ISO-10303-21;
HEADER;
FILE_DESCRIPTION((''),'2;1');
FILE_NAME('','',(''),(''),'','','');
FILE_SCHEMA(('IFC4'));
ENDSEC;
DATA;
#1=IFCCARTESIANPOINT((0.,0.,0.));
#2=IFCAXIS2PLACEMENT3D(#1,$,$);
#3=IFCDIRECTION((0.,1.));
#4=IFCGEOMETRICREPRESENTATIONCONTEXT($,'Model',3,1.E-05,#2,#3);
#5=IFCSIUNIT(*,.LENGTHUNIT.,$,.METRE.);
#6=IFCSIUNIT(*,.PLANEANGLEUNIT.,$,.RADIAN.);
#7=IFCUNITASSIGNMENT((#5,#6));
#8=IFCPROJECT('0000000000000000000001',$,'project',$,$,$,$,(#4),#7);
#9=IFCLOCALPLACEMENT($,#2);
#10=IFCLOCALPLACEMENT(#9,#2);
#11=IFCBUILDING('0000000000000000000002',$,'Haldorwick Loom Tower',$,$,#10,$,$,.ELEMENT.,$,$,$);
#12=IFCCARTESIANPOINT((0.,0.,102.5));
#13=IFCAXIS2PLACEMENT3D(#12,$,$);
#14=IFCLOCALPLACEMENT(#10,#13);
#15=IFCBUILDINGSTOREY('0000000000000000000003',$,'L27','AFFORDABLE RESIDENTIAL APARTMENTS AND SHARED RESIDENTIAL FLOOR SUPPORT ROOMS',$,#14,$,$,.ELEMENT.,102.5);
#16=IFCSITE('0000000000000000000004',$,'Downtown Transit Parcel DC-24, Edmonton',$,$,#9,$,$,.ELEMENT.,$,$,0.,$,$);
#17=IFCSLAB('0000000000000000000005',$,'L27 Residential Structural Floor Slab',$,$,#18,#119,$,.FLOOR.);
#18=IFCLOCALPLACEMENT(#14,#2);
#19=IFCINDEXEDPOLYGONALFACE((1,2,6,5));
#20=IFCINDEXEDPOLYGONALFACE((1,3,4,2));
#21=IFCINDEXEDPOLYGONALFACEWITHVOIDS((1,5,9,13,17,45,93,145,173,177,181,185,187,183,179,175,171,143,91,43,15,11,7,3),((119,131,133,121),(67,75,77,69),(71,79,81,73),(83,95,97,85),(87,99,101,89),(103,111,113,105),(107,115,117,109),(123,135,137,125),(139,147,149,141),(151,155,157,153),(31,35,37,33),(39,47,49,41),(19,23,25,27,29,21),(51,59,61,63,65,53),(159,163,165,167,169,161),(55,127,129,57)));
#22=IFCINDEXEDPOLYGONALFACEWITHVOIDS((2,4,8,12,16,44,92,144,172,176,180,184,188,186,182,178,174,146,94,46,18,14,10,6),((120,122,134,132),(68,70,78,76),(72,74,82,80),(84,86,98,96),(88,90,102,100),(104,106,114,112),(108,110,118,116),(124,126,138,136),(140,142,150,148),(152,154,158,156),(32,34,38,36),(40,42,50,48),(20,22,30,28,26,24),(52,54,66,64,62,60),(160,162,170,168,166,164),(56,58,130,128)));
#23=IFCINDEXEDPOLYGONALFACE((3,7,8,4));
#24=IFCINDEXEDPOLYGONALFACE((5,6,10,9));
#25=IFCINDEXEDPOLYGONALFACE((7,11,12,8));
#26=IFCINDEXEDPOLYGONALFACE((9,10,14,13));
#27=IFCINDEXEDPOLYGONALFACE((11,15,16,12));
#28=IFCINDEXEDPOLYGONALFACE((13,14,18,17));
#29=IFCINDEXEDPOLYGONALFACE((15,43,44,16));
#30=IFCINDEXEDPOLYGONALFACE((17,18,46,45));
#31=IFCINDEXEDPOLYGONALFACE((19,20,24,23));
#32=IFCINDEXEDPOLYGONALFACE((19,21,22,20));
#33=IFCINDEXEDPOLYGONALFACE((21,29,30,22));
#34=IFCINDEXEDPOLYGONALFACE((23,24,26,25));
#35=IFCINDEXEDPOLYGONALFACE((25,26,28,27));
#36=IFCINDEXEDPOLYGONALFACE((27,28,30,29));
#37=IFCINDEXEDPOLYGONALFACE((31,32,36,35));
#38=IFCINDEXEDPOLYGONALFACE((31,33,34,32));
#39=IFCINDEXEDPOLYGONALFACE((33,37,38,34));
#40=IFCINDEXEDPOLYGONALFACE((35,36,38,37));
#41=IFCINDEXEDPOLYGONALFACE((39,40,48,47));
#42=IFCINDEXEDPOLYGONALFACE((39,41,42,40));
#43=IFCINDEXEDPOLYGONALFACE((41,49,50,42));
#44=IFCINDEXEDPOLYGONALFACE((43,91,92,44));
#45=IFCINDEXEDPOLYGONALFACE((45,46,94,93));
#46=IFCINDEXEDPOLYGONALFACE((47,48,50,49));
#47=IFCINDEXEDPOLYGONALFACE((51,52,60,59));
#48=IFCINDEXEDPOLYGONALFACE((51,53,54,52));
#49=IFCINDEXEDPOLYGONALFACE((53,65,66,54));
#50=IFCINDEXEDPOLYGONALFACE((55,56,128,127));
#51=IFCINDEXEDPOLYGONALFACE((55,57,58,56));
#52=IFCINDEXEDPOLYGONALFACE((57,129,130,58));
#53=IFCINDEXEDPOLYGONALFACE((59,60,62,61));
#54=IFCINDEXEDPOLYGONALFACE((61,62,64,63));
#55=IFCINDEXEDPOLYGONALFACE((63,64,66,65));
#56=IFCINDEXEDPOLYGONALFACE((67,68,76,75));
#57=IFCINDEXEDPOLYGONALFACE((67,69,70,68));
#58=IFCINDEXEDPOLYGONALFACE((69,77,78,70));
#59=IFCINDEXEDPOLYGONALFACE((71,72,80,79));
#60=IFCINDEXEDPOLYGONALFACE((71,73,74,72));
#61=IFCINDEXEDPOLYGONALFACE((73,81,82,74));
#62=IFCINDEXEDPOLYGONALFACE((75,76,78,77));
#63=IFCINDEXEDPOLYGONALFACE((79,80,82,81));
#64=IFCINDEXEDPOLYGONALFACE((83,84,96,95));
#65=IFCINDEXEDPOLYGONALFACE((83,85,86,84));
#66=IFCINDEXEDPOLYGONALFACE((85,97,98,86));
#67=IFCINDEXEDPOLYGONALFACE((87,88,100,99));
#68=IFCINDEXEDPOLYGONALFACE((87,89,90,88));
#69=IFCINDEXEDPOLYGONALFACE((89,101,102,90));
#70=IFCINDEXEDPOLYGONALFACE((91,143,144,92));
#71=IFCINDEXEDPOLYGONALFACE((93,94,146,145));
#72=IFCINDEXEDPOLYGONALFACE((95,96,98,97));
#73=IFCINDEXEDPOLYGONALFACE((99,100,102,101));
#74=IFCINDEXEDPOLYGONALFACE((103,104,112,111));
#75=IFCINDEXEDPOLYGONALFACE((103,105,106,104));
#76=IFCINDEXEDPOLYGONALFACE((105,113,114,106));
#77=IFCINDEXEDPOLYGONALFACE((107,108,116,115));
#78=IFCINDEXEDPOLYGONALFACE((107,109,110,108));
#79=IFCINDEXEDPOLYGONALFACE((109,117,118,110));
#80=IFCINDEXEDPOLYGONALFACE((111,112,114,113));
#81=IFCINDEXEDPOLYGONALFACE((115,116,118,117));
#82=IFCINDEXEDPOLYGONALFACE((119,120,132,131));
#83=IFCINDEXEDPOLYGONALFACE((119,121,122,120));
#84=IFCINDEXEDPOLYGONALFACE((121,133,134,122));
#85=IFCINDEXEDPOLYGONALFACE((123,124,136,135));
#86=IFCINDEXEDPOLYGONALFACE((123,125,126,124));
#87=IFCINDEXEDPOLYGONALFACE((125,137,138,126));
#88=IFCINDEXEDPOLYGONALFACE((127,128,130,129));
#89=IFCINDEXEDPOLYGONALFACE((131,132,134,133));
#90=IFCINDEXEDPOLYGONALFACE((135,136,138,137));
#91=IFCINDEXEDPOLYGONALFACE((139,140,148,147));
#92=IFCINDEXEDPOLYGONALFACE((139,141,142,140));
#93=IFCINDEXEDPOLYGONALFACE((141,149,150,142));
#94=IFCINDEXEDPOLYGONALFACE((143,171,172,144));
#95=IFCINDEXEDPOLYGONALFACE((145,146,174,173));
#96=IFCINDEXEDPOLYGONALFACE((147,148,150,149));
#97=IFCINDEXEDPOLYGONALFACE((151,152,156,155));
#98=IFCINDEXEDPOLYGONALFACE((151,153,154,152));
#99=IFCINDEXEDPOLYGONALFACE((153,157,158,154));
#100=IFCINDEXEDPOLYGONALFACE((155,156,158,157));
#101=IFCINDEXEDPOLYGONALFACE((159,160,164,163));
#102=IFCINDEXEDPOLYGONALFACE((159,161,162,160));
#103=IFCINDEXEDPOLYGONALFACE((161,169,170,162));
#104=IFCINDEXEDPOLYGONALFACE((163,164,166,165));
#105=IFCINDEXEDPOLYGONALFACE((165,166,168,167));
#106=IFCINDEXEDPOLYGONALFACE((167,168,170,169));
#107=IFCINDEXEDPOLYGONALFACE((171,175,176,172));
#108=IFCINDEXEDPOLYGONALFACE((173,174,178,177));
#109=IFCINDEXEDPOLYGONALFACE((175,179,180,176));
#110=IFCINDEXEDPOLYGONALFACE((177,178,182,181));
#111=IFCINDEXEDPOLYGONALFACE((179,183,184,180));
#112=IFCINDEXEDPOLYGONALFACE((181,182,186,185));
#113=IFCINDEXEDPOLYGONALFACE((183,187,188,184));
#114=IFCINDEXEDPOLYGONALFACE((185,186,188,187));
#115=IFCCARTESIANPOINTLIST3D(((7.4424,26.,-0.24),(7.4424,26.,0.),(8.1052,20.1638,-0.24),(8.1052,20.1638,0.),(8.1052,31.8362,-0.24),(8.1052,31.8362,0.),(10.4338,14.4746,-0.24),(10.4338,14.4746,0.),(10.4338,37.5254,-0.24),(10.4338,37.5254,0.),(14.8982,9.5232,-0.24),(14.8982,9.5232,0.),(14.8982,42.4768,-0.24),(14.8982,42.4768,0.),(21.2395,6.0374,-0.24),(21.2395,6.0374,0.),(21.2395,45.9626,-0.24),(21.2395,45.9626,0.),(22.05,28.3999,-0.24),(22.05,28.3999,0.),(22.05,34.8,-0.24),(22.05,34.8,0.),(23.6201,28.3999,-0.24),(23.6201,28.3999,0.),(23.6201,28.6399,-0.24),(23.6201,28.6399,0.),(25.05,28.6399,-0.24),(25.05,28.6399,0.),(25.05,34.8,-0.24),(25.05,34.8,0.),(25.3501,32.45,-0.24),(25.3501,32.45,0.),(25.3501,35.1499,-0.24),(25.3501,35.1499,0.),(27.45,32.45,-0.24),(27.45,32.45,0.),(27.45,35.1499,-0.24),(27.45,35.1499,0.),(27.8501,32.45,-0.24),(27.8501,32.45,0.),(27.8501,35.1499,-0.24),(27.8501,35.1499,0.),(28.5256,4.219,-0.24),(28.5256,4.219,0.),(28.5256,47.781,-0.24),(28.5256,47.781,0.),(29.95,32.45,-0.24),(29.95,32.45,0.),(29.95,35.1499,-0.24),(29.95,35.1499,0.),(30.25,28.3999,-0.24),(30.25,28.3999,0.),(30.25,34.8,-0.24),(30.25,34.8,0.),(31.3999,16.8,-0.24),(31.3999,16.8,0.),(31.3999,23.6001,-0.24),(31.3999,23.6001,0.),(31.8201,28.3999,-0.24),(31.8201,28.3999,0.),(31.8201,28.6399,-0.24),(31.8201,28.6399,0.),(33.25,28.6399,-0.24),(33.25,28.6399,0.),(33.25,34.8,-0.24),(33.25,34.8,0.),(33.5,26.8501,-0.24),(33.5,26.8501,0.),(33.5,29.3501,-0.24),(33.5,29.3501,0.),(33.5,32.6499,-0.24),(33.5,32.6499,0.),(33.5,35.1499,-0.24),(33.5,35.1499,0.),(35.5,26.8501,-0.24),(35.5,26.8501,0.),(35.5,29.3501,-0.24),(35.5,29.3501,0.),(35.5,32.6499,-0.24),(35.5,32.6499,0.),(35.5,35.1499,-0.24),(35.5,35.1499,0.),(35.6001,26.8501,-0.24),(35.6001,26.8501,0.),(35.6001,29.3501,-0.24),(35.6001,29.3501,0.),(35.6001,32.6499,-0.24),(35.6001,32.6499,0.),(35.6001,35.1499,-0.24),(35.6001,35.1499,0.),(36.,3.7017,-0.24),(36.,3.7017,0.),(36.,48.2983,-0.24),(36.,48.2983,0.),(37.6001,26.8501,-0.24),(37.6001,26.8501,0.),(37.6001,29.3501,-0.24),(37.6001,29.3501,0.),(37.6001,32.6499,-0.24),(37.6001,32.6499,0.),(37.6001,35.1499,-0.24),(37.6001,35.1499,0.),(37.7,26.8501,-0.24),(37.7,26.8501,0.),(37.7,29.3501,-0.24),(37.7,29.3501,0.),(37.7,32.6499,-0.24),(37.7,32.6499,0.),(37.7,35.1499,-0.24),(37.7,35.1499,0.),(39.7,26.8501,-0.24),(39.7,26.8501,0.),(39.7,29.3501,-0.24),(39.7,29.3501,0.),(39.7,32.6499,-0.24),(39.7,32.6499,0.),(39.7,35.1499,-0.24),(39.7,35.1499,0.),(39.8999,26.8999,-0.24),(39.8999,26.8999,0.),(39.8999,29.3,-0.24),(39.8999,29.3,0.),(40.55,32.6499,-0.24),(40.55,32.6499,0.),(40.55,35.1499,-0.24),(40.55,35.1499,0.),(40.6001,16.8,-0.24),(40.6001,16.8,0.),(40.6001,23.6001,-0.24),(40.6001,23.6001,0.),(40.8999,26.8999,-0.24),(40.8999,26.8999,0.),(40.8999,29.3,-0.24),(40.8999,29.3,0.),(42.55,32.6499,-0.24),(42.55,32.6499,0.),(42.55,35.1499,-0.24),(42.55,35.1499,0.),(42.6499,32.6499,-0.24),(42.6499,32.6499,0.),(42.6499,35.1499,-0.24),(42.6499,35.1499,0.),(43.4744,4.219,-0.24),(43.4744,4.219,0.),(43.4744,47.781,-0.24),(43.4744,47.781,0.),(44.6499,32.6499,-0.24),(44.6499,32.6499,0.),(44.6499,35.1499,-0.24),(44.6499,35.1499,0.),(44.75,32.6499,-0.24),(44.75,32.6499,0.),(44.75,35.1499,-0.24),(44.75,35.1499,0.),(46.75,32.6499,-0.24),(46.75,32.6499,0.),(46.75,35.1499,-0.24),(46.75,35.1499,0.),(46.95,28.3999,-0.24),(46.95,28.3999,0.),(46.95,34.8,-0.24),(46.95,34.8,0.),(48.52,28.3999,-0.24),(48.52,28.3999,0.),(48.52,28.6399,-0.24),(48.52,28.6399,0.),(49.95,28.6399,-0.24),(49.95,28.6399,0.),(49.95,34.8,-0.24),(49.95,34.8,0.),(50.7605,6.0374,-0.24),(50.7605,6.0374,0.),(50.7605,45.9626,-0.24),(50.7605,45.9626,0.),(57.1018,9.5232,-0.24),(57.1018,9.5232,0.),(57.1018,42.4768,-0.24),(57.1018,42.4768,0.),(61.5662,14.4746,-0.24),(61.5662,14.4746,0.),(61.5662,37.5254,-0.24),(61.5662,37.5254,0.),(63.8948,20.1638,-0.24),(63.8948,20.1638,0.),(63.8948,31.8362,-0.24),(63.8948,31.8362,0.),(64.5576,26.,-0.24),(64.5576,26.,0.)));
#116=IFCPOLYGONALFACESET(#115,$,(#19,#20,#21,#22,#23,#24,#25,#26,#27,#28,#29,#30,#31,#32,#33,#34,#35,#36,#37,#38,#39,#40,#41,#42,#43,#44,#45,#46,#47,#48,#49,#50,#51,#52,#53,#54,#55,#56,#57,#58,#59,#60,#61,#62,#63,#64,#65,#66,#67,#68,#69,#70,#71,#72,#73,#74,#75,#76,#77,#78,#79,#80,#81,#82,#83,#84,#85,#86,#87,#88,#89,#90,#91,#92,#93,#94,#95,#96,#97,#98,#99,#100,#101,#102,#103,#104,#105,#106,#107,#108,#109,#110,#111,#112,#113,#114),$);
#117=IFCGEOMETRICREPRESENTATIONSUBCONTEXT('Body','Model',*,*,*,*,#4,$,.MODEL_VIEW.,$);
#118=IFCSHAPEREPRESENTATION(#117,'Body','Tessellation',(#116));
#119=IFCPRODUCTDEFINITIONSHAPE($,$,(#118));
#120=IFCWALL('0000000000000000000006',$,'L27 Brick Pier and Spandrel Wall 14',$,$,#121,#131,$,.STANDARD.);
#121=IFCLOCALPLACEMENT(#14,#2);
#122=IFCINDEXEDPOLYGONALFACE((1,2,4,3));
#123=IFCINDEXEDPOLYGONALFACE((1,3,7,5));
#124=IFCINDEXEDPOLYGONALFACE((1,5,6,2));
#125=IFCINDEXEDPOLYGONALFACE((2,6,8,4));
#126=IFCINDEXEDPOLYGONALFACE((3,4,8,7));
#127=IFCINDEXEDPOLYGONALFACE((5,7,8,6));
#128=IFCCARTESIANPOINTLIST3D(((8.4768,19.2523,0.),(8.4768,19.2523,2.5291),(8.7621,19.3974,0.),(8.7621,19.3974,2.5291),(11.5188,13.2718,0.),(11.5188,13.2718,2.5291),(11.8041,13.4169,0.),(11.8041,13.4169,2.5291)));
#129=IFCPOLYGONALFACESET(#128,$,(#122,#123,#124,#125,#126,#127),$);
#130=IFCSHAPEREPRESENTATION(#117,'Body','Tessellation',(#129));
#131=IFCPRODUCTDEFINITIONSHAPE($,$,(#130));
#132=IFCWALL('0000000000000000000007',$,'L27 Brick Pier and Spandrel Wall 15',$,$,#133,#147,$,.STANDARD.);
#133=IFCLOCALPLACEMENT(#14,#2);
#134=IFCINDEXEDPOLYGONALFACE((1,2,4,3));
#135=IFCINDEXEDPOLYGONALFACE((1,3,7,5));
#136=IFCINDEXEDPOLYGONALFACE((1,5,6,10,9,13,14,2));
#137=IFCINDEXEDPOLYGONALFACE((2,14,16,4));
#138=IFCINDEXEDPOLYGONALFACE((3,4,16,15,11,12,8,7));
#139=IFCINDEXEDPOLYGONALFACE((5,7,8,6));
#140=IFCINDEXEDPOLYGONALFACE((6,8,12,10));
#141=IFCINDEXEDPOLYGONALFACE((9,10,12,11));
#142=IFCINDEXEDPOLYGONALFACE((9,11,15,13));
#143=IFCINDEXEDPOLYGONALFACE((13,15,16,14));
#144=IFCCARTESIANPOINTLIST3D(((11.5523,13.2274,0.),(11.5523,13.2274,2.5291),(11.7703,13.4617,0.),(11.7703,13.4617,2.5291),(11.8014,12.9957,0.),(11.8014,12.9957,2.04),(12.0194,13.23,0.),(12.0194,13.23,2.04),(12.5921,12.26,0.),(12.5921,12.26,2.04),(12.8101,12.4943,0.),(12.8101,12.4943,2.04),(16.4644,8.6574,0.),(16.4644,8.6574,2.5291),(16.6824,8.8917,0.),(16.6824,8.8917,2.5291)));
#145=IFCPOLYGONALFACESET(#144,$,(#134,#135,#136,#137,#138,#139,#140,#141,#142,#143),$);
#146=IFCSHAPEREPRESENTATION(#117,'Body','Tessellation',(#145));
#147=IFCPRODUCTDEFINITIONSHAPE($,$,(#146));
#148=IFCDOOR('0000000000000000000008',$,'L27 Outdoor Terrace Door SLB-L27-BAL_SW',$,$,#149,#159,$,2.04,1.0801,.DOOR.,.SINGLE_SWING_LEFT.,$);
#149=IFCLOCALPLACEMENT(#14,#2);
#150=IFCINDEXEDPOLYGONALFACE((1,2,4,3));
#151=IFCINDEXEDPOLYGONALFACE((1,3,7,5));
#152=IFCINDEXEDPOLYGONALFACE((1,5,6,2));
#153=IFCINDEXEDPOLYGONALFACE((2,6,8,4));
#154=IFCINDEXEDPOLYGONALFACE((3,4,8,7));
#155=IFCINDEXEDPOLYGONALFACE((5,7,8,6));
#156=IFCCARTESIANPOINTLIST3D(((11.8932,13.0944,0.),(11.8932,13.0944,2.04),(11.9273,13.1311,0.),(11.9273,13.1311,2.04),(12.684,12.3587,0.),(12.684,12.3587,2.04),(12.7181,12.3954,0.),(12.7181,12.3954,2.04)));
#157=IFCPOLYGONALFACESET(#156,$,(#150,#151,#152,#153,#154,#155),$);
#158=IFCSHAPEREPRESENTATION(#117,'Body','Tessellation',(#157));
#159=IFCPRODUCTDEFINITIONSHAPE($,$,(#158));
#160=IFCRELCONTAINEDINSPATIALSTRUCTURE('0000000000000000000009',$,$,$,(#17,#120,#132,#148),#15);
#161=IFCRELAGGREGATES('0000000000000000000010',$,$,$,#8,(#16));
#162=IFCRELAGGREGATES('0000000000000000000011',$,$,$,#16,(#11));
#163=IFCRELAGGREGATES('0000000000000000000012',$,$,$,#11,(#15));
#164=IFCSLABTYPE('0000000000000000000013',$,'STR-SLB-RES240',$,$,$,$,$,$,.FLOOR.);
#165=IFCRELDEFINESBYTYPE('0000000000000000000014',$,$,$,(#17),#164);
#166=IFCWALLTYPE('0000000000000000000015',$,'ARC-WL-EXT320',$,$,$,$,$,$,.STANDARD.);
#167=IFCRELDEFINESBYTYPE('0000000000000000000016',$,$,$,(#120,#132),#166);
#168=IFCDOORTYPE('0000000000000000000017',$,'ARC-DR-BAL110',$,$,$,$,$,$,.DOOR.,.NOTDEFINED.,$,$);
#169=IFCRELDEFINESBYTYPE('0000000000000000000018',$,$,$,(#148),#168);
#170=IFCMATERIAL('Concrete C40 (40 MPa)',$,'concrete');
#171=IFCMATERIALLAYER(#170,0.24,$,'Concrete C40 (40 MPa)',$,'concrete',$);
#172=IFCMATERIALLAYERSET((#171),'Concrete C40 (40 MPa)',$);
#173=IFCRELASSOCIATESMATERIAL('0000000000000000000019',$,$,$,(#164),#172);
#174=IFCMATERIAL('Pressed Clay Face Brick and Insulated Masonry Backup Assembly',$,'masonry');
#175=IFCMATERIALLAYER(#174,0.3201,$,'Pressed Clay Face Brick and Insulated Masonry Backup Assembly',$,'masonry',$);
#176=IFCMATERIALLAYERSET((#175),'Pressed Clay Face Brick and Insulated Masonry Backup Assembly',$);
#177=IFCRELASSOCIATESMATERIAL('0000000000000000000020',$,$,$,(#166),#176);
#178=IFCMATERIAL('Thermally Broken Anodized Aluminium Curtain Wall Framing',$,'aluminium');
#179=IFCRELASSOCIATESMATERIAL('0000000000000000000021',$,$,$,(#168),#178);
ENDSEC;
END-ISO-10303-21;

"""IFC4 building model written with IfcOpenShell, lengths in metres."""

from ifc_helpers import new_model, si_unit, direction, frame, frame_2d, origin, place, context, subcontext, project, spatial, polyline, rectangle, outline, extrude, material, layer, layer_set, type_object, element, fill, save


model = new_model("IFC4")

# Units and contexts
model_context = context("Model", 3, precision=1e-05, world=origin(), true_north=direction((0.0, 1.0)))
body_context = subcontext(model_context, "Body", "Model", "MODEL_VIEW")
ifc_project = project(units=[si_unit("LENGTHUNIT", "METRE"), si_unit("PLANEANGLEUNIT", "RADIAN")], contexts=[model_context])

# Site, building, storey
site_placement = place(None, origin())
site = spatial("IfcSite", under=ifc_project, at=site_placement, Name="Downtown Transit Parcel DC-24, Edmonton", CompositionType="ELEMENT", RefElevation=0.0)
building_placement = place(site_placement, origin())
building = spatial("IfcBuilding", under=site, at=building_placement, Name="Haldorwick Loom Tower", CompositionType="ELEMENT")
storey_placement = place(building_placement, frame((0.0, 0.0, 102.5)))
storey = spatial("IfcBuildingStorey", under=building, at=storey_placement, Name="L27", Description="AFFORDABLE RESIDENTIAL APARTMENTS AND SHARED RESIDENTIAL FLOOR SUPPORT ROOMS", CompositionType="ELEMENT", Elevation=102.5)

# Shared definitions
ifc_material_1 = material(Name="Concrete C40 (40 MPa)", Category="concrete")

# Slab
ifc_layer_1 = layer(ifc_material_1, 0.24, Name="Concrete C40 (40 MPa)", Category="concrete")
ifc_layer_set_1 = layer_set([ifc_layer_1], Name="Concrete C40 (40 MPa)")
slab_type_1 = type_object("IfcSlabType", Name="STR-SLB-RES240", PredefinedType="FLOOR", material=ifc_layer_set_1)
slab_1_placement = place(storey_placement, frame((0.0, 0.0, -0.24)))
element("IfcSlab", 1, at=slab_1_placement, inside=storey, type_object=slab_type_1, Name="L27 Residential Structural Floor Slab", PredefinedType="FLOOR", context=body_context, shape_type="SweptSolid", body=[
    extrude(outline(polyline([(57.1018, 9.5232), (61.5662, 14.4746), (63.8948, 20.1638), (64.5576, 26.0), (63.8948, 31.8362), (61.5662, 37.5254), (57.1018, 42.4768), (50.7605, 45.9626), (43.4744, 47.781), (36.0, 48.2983), (28.5256, 47.781), (21.2395, 45.9626), (14.8982, 42.4768), (10.4338, 37.5254), (8.1052, 31.8362), (7.4424, 26.0), (8.1052, 20.1638), (10.4338, 14.4746), (14.8982, 9.5232), (21.2395, 6.0374), (28.5256, 4.219), (36.0, 3.7017), (43.4744, 4.219), (50.7605, 6.0374), (57.1018, 9.5232)]), holes=[polyline([(31.3999, 23.6001), (40.6001, 23.6001), (40.6001, 16.8), (31.3999, 16.8), (31.3999, 23.6001)]), polyline([(33.5, 26.8501), (33.5, 29.3501), (35.5, 29.3501), (35.5, 26.8501), (33.5, 26.8501)]), polyline([(22.05, 28.3999), (22.05, 34.8), (25.05, 34.8), (25.05, 28.6399), (23.6201, 28.6399), (23.6201, 28.3999), (22.05, 28.3999)]), polyline([(30.25, 28.3999), (30.25, 34.8), (33.25, 34.8), (33.25, 28.6399), (31.8201, 28.6399), (31.8201, 28.3999), (30.25, 28.3999)]), polyline([(25.3501, 32.45), (25.3501, 35.1499), (27.45, 35.1499), (27.45, 32.45), (25.3501, 32.45)]), polyline([(27.8501, 32.45), (27.8501, 35.1499), (29.95, 35.1499), (29.95, 32.45), (27.8501, 32.45)]), polyline([(33.5, 32.6499), (33.5, 35.1499), (35.5, 35.1499), (35.5, 32.6499), (33.5, 32.6499)]), polyline([(35.6001, 32.6499), (35.6001, 35.1499), (37.6001, 35.1499), (37.6001, 32.6499), (35.6001, 32.6499)]), polyline([(35.6001, 26.8501), (35.6001, 29.3501), (37.6001, 29.3501), (37.6001, 26.8501), (35.6001, 26.8501)]), polyline([(37.7, 26.8501), (37.7, 29.3501), (39.7, 29.3501), (39.7, 26.8501), (37.7, 26.8501)]), polyline([(39.8999, 26.8999), (39.8999, 29.3), (40.8999, 29.3), (40.8999, 26.8999), (39.8999, 26.8999)]), polyline([(46.95, 28.3999), (46.95, 34.8), (49.95, 34.8), (49.95, 28.6399), (48.52, 28.6399), (48.52, 28.3999), (46.95, 28.3999)]), polyline([(37.7, 32.6499), (37.7, 35.1499), (39.7, 35.1499), (39.7, 32.6499), (37.7, 32.6499)]), polyline([(40.55, 32.6499), (40.55, 35.1499), (42.55, 35.1499), (42.55, 32.6499), (40.55, 32.6499)]), polyline([(42.6499, 32.6499), (42.6499, 35.1499), (44.6499, 35.1499), (44.6499, 32.6499), (42.6499, 32.6499)]), polyline([(44.75, 32.6499), (44.75, 35.1499), (46.75, 35.1499), (46.75, 32.6499), (44.75, 32.6499)])]), origin(), (0.0, 0.0, 1.0), 0.24),
])

# Wall
ifc_material_2 = material(Name="Pressed Clay Face Brick and Insulated Masonry Backup Assembly", Category="masonry")
ifc_layer_2 = layer(ifc_material_2, 0.3201, Name="Pressed Clay Face Brick and Insulated Masonry Backup Assembly", Category="masonry")
ifc_layer_set_2 = layer_set([ifc_layer_2], Name="Pressed Clay Face Brick and Insulated Masonry Backup Assembly")
wall_type_1 = type_object("IfcWallType", Name="ARC-WL-EXT320", PredefinedType="STANDARD", material=ifc_layer_set_2)
wall_1_placement = place(storey_placement, frame((8.6194, 19.325, 0.0), z_axis=(0.0, 0.0, 1.0), x_axis=(0.453374, -0.89132, 0.0)))
element("IfcWall", 2, at=wall_1_placement, inside=storey, type_object=wall_type_1, Name="L27 Brick Pier and Spandrel Wall 14", PredefinedType="STANDARD", context=body_context, shape_type="SweptSolid", body=[
    extrude(rectangle(XDim=6.7097, YDim=0.3201, at=frame_2d((3.355, 0.0))), origin(), (0.0, 0.0, 1.0), 2.5291),
])

# Wall, opening, door
wall_2_placement = place(storey_placement, frame((11.6614, 13.3445, 0.0), z_axis=(0.0, 0.0, 1.0), x_axis=(0.732137, -0.681157, 0.0)))
wall_2 = element("IfcWall", 3, at=wall_2_placement, inside=storey, type_object=wall_type_1, Name="L27 Brick Pier and Spandrel Wall 15", PredefinedType="STANDARD", context=body_context, shape_type="SweptSolid", body=[
    extrude(rectangle(XDim=6.7092, YDim=0.3201, at=frame_2d((3.3545, 0.0))), origin(), (0.0, 0.0, 1.0), 2.5291),
])
opening_1_placement = place(wall_2_placement, frame((0.3401, 0.0, 0.0)))
opening_1 = element("IfcOpeningElement", 4, at=opening_1_placement, cuts=wall_2, PredefinedType="OPENING", context=body_context, shape_type="SweptSolid", body=[
    extrude(rectangle(XDim=1.0801, YDim=2.04, at=frame_2d((0.54, 1.02))), frame((0.0, 0.1699, 0.0), z_axis=(0.0, -1.0, 0.0), x_axis=(1.0, 0.0, 0.0)), (0.0, 0.0, 1.0), 0.3401),
])
ifc_material_3 = material(Name="Thermally Broken Anodized Aluminium Curtain Wall Framing", Category="aluminium")
door_type_1 = type_object("IfcDoorType", Name="ARC-DR-BAL110", OperationType="NOTDEFINED", PredefinedType="DOOR", material=ifc_material_3)
door_1_placement = place(opening_1_placement, origin())
door_1 = element("IfcDoor", 5, at=door_1_placement, inside=storey, type_object=door_type_1, Name="L27 Outdoor Terrace Door SLB-L27-BAL_SW", OperationType="SINGLE_SWING_LEFT", OverallHeight=2.04, OverallWidth=1.0801, PredefinedType="DOOR", context=body_context, shape_type="SweptSolid", body=[
    extrude(rectangle(XDim=1.0801, YDim=2.04, at=frame_2d((0.54, 1.02))), frame((0.0, 0.0249, 0.0), z_axis=(0.0, -1.0, 0.0), x_axis=(1.0, 0.0, 0.0)), (0.0, 0.0, 1.0), 0.05),
])
fill(opening_1, door_1)

save(model, "model.ifc")
